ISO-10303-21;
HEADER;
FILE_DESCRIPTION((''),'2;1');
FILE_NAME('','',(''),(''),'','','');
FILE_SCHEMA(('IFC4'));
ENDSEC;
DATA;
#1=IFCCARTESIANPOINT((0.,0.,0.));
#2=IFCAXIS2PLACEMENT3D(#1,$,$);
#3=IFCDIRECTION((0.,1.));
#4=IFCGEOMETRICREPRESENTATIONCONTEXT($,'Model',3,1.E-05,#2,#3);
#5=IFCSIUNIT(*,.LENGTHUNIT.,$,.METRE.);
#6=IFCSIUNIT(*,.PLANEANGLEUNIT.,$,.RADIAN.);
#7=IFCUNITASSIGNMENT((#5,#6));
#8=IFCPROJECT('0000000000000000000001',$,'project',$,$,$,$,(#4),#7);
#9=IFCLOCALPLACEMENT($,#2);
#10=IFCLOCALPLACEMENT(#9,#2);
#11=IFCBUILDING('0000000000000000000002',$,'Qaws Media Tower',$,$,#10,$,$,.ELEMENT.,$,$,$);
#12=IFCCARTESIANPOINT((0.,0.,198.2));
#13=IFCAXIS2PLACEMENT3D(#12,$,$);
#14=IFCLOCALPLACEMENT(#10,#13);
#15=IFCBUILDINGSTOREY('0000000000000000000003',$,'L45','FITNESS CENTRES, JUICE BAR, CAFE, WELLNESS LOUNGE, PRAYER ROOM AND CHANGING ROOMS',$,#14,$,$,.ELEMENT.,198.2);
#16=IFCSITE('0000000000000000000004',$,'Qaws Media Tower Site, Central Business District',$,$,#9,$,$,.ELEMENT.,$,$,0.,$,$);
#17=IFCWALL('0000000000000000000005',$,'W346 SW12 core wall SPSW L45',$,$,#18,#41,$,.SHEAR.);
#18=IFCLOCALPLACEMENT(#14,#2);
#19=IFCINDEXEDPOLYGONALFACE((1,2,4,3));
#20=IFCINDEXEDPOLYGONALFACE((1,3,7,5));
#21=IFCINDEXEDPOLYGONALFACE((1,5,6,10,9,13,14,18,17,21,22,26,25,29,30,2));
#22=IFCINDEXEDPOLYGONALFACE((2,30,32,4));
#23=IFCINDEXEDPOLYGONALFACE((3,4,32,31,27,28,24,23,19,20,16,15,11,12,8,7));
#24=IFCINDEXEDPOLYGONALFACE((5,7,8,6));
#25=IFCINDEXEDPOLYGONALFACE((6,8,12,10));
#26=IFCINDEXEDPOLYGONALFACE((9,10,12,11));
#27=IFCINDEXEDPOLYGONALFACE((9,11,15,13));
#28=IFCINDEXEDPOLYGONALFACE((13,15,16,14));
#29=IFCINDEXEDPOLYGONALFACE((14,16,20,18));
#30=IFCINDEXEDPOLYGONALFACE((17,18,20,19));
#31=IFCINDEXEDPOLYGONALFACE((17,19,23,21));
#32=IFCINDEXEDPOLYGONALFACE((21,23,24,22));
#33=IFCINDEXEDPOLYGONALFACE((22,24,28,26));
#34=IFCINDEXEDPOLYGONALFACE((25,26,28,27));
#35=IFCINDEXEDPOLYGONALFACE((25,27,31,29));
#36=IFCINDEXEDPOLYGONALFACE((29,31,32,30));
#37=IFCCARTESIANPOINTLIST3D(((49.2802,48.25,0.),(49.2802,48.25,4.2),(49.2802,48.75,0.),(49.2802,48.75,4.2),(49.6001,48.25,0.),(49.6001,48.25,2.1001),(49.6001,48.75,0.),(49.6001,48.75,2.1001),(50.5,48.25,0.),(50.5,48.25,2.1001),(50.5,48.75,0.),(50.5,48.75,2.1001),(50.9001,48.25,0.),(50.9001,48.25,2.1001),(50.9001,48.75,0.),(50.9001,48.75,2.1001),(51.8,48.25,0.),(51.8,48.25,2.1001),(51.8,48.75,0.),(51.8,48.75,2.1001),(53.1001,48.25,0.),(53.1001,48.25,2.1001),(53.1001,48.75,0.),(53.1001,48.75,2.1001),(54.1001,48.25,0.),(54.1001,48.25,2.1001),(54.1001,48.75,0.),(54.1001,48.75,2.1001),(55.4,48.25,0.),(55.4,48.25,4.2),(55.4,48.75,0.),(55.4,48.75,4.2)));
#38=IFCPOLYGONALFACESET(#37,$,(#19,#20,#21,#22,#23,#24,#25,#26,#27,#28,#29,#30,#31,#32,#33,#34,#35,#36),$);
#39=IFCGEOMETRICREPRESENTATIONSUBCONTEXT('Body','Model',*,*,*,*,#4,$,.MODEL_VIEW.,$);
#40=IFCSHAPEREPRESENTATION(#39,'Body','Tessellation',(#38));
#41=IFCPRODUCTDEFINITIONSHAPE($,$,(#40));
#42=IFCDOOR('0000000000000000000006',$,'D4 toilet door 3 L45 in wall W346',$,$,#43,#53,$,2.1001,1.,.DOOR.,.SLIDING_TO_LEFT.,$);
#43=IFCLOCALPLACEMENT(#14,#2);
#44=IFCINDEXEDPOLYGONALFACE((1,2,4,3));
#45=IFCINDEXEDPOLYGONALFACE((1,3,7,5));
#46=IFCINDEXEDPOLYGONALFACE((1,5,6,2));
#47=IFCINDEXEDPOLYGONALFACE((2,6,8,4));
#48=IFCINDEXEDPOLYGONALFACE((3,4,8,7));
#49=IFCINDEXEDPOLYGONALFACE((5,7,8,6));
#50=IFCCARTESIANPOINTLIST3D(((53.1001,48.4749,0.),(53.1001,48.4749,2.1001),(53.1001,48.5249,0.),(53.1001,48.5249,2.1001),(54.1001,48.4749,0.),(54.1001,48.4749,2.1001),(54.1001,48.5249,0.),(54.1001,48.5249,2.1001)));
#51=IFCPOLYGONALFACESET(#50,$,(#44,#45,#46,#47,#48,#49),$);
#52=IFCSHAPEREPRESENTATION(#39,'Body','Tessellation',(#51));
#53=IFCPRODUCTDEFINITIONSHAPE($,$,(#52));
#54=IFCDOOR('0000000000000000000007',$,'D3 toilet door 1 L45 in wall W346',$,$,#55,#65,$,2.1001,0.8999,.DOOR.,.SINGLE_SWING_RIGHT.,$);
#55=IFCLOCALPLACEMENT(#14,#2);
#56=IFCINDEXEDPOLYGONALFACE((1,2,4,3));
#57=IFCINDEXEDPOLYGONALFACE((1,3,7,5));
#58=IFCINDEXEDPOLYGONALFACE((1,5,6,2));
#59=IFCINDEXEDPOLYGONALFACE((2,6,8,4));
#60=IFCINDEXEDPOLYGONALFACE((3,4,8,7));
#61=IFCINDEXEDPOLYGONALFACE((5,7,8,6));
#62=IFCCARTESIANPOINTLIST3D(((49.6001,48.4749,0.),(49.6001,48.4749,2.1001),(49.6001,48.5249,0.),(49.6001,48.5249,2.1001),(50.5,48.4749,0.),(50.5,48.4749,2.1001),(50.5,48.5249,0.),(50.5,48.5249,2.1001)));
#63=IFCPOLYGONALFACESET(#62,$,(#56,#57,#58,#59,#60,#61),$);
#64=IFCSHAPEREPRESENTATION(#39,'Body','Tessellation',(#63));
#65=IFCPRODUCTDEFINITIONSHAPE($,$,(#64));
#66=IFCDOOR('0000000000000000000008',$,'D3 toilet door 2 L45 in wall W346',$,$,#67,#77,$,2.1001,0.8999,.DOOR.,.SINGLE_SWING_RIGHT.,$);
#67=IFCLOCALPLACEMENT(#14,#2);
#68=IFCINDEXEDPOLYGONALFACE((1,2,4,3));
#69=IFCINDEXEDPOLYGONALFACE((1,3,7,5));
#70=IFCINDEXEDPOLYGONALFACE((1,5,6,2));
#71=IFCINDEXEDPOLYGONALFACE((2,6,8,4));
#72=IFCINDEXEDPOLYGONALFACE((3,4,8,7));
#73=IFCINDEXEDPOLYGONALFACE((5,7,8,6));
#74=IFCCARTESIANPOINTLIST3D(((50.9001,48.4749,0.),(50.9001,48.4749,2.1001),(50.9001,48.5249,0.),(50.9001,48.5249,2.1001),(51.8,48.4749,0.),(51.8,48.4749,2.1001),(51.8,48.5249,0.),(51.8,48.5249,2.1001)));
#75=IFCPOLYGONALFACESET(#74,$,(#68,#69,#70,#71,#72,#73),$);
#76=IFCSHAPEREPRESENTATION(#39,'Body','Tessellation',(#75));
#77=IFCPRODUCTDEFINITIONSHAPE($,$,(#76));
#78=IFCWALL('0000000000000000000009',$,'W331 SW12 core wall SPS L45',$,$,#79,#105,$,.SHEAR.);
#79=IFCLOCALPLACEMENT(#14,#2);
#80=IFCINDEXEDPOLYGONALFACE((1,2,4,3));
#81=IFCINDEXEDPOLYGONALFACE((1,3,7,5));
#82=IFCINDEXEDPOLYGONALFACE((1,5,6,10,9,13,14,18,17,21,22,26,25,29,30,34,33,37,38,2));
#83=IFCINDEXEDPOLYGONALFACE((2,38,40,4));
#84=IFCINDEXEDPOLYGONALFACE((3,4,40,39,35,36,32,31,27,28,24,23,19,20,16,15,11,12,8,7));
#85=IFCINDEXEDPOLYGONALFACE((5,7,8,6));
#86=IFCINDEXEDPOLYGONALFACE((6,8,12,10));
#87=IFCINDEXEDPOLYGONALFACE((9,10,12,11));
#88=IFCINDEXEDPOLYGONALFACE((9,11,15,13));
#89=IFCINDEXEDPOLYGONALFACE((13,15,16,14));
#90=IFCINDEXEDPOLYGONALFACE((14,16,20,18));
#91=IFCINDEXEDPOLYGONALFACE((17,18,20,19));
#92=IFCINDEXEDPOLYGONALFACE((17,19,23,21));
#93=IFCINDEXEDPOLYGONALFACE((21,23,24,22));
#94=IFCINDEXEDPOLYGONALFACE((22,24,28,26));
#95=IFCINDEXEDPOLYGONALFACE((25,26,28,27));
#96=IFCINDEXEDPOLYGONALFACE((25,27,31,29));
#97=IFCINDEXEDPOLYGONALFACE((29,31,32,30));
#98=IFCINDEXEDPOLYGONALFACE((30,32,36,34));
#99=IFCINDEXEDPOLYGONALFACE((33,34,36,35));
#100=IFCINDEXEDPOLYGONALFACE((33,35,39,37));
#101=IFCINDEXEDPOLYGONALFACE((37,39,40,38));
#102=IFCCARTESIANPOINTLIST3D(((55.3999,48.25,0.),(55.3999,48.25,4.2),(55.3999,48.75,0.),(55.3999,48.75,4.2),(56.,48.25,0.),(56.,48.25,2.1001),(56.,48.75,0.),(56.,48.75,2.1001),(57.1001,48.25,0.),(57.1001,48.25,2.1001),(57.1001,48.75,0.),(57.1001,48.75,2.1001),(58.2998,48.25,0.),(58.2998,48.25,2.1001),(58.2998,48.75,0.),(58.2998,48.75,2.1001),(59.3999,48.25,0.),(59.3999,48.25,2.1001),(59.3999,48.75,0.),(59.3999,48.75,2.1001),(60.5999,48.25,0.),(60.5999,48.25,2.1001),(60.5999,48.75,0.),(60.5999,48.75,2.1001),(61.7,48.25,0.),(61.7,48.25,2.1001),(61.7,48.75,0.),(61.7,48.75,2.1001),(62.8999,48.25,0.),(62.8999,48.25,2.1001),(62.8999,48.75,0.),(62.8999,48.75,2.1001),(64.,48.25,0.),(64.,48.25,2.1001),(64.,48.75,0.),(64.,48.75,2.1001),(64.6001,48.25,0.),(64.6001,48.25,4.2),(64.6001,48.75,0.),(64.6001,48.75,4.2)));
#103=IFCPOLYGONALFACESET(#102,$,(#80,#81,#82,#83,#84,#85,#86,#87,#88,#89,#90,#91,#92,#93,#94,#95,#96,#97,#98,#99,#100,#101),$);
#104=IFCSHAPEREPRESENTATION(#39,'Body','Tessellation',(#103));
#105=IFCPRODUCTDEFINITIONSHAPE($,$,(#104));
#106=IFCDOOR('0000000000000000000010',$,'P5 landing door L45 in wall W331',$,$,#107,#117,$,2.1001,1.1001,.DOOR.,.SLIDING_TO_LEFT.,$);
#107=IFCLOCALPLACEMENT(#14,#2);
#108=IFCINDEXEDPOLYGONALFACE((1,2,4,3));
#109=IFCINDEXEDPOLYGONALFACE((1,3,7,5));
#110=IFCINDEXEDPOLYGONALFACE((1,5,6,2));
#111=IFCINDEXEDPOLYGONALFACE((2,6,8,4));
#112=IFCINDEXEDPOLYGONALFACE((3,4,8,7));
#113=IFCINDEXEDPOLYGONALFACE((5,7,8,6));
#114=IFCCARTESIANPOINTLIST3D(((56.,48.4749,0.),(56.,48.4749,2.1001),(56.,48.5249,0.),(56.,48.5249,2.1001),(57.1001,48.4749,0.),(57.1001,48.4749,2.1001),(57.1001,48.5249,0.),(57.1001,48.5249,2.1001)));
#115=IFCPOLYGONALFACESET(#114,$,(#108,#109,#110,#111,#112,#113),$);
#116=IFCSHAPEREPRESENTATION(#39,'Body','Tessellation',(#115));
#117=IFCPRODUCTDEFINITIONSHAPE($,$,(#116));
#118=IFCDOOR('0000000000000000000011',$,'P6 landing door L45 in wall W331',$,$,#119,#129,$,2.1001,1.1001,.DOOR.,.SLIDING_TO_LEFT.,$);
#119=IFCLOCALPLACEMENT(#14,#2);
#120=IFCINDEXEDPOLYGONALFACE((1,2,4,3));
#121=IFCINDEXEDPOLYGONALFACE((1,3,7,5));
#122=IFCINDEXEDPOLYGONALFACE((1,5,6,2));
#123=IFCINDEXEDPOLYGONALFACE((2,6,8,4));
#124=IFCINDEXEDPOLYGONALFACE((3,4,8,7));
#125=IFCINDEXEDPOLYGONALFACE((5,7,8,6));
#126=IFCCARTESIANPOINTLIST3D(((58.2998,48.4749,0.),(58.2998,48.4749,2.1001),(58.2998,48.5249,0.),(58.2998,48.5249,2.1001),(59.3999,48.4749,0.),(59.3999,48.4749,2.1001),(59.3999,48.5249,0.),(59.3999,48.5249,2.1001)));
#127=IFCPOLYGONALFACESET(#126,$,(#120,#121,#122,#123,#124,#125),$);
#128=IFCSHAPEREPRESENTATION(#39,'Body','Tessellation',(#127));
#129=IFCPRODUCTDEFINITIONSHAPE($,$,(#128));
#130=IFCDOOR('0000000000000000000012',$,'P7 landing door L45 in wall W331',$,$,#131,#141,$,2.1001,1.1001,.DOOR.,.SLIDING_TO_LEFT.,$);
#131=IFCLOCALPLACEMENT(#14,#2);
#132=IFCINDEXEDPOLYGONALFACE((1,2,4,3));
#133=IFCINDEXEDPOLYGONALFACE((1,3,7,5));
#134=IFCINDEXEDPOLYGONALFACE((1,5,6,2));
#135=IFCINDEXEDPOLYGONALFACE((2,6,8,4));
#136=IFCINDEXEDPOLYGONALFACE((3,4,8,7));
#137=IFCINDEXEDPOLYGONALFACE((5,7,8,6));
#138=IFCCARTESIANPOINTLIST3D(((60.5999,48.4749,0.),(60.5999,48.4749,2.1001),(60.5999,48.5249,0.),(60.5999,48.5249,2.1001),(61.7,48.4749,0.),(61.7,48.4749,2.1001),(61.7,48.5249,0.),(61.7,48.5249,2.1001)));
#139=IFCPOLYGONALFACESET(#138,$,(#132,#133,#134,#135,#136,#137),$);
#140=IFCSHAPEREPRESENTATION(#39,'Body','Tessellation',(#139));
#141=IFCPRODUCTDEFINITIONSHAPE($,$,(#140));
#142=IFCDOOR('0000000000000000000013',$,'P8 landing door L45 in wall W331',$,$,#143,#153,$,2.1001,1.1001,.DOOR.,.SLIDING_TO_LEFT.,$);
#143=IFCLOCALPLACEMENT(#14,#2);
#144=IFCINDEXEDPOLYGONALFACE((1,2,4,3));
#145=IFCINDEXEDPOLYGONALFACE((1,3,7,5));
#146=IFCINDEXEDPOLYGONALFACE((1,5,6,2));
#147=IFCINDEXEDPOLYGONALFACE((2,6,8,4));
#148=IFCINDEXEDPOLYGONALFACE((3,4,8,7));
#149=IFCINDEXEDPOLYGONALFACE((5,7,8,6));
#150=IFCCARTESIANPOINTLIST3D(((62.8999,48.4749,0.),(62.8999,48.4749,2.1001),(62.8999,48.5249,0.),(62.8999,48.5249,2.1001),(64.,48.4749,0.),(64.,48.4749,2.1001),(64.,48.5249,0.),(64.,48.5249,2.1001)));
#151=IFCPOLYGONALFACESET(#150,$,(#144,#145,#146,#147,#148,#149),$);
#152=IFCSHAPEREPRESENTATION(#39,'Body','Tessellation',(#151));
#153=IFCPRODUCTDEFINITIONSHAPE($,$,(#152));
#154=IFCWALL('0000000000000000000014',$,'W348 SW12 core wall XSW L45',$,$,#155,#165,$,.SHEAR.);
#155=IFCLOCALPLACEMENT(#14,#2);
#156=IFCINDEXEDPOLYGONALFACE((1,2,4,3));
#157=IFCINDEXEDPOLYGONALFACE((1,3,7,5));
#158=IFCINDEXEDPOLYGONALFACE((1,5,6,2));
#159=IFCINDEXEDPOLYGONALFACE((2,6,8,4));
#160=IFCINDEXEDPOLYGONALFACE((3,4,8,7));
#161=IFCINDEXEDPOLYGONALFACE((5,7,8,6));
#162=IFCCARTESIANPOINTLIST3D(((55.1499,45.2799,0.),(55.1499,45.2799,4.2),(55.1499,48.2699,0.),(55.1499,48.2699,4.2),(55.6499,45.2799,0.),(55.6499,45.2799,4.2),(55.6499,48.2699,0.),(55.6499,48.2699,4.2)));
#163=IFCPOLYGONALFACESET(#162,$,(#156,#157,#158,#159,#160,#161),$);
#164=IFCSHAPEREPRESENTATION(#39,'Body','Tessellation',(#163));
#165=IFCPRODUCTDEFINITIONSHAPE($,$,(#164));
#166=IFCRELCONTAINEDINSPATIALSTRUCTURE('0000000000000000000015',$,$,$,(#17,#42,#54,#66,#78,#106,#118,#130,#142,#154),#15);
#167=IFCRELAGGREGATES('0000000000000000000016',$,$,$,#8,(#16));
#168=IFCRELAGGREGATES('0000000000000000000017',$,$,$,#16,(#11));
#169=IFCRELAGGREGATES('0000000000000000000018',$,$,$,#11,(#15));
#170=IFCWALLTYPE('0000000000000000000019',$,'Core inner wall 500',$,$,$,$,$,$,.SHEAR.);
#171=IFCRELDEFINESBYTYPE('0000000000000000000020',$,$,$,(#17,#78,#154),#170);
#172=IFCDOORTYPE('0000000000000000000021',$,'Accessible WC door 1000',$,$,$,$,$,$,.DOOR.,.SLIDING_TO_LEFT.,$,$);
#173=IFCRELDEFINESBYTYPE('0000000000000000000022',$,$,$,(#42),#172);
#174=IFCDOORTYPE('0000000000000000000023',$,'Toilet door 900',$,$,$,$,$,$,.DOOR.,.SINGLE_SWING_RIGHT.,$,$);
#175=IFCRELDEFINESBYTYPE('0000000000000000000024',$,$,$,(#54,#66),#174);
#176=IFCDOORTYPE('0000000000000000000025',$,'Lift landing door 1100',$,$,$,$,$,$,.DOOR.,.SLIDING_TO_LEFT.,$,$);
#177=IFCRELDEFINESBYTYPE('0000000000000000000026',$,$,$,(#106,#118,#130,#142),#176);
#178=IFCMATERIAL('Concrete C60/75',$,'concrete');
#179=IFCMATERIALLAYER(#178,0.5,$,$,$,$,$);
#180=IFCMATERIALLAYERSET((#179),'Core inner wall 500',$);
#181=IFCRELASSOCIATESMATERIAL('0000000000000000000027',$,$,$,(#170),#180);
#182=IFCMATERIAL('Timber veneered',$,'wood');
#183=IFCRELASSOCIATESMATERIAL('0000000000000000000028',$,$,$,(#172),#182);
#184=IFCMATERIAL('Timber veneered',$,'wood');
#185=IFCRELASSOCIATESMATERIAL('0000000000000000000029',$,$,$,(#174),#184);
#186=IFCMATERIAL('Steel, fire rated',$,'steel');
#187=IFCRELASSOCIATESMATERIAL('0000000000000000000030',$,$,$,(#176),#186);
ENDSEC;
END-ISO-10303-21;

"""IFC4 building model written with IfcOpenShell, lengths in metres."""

from ifc_helpers import new_model, si_unit, direction, frame, frame_2d, origin, place, context, subcontext, project, spatial, rectangle, extrude, material, layer, layer_set, type_object, element, fill, save


model = new_model("IFC4")

# Units and contexts
model_context = context("Model", 3, precision=1e-05, world=origin(), true_north=direction((0.0, 1.0)))
body_context = subcontext(model_context, "Body", "Model", "MODEL_VIEW")
ifc_project = project(units=[si_unit("LENGTHUNIT", "METRE"), si_unit("PLANEANGLEUNIT", "RADIAN")], contexts=[model_context])

# Site, building, storey
site_placement = place(None, origin())
site = spatial("IfcSite", under=ifc_project, at=site_placement, Name="Qaws Media Tower Site, Central Business District", CompositionType="ELEMENT", RefElevation=0.0)
building_placement = place(site_placement, origin())
building = spatial("IfcBuilding", under=site, at=building_placement, Name="Qaws Media Tower", CompositionType="ELEMENT")
storey_placement = place(building_placement, frame((0.0, 0.0, 198.2)))
storey = spatial("IfcBuildingStorey", under=building, at=storey_placement, Name="L45", Description="FITNESS CENTRES, JUICE BAR, CAFE, WELLNESS LOUNGE, PRAYER ROOM AND CHANGING ROOMS", CompositionType="ELEMENT", Elevation=198.2)

# Shared definitions
ifc_material_1 = material(Name="Concrete C60/75", Category="concrete")
ifc_layer_1 = layer(ifc_material_1, 0.5)
ifc_layer_set_1 = layer_set([ifc_layer_1], Name="Core inner wall 500")
wall_type_1 = type_object("IfcWallType", Name="Core inner wall 500", PredefinedType="SHEAR", material=ifc_layer_set_1)

# Walls, openings, doors
wall_1_placement = place(storey_placement, frame((49.28, 48.5, 0.0), z_axis=(0.0, 0.0, 1.0), x_axis=(1.0, 0.0, 0.0)))
wall_1 = element("IfcWall", 1, at=wall_1_placement, inside=storey, type_object=wall_type_1, Name="W346 SW12 core wall SPSW L45", PredefinedType="SHEAR", context=body_context, shape_type="SweptSolid", body=[
    extrude(rectangle(XDim=6.1199, YDim=0.5, at=frame_2d((3.0601, 0.0))), origin(), (0.0, 0.0, 1.0), 4.2),
])
opening_1_placement = place(wall_1_placement, frame((0.3201, 0.0, 0.0)))
opening_1 = element("IfcOpeningElement", 2, at=opening_1_placement, cuts=wall_1, PredefinedType="OPENING", context=body_context, shape_type="SweptSolid", body=[
    extrude(rectangle(XDim=0.8999, YDim=2.1001, at=frame_2d((0.45, 1.05))), frame((0.0, 0.26, 0.0), z_axis=(0.0, -1.0, 0.0), x_axis=(1.0, 0.0, 0.0)), (0.0, 0.0, 1.0), 0.52),
])
opening_2_placement = place(wall_1_placement, frame((1.6201, 0.0, 0.0)))
opening_2 = element("IfcOpeningElement", 3, at=opening_2_placement, cuts=wall_1, PredefinedType="OPENING", context=body_context, shape_type="SweptSolid", body=[
    extrude(rectangle(XDim=0.8999, YDim=2.1001, at=frame_2d((0.45, 1.05))), frame((0.0, 0.26, 0.0), z_axis=(0.0, -1.0, 0.0), x_axis=(1.0, 0.0, 0.0)), (0.0, 0.0, 1.0), 0.52),
])
opening_3_placement = place(wall_1_placement, frame((3.8201, 0.0, 0.0)))
opening_3 = element("IfcOpeningElement", 4, at=opening_3_placement, cuts=wall_1, PredefinedType="OPENING", context=body_context, shape_type="SweptSolid", body=[
    extrude(rectangle(XDim=1.0, YDim=2.1001, at=frame_2d((0.5, 1.05))), frame((0.0, 0.26, 0.0), z_axis=(0.0, -1.0, 0.0), x_axis=(1.0, 0.0, 0.0)), (0.0, 0.0, 1.0), 0.52),
])
ifc_material_2 = material(Name="Timber veneered", Category="wood")
door_type_1 = type_object("IfcDoorType", Name="Accessible WC door 1000", OperationType="SLIDING_TO_LEFT", PredefinedType="DOOR", material=ifc_material_2)
door_1_placement = place(opening_3_placement, origin())
door_1 = element("IfcDoor", 5, at=door_1_placement, inside=storey, type_object=door_type_1, Name="D4 toilet door 3 L45 in wall W346", OperationType="SLIDING_TO_LEFT", OverallHeight=2.1001, OverallWidth=1.0, PredefinedType="DOOR", context=body_context, shape_type="SweptSolid", body=[
    extrude(rectangle(XDim=1.0, YDim=2.1001, at=frame_2d((0.5, 1.05))), frame((0.0, 0.0249, 0.0), z_axis=(0.0, -1.0, 0.0), x_axis=(1.0, 0.0, 0.0)), (0.0, 0.0, 1.0), 0.05),
])
fill(opening_3, door_1)
ifc_material_3 = material(Name="Timber veneered", Category="wood")
door_type_2 = type_object("IfcDoorType", Name="Toilet door 900", OperationType="SINGLE_SWING_RIGHT", PredefinedType="DOOR", material=ifc_material_3)
door_2_placement = place(opening_1_placement, origin())
door_2 = element("IfcDoor", 6, at=door_2_placement, inside=storey, type_object=door_type_2, Name="D3 toilet door 1 L45 in wall W346", OperationType="SINGLE_SWING_RIGHT", OverallHeight=2.1001, OverallWidth=0.8999, PredefinedType="DOOR", context=body_context, shape_type="SweptSolid", body=[
    extrude(rectangle(XDim=0.8999, YDim=2.1001, at=frame_2d((0.45, 1.05))), frame((0.0, 0.0249, 0.0), z_axis=(0.0, -1.0, 0.0), x_axis=(1.0, 0.0, 0.0)), (0.0, 0.0, 1.0), 0.05),
])
fill(opening_1, door_2)
door_3_placement = place(opening_2_placement, origin())
door_3 = element("IfcDoor", 7, at=door_3_placement, inside=storey, type_object=door_type_2, Name="D3 toilet door 2 L45 in wall W346", OperationType="SINGLE_SWING_RIGHT", OverallHeight=2.1001, OverallWidth=0.8999, PredefinedType="DOOR", context=body_context, shape_type="SweptSolid", body=[
    extrude(rectangle(XDim=0.8999, YDim=2.1001, at=frame_2d((0.45, 1.05))), frame((0.0, 0.0249, 0.0), z_axis=(0.0, -1.0, 0.0), x_axis=(1.0, 0.0, 0.0)), (0.0, 0.0, 1.0), 0.05),
])
fill(opening_2, door_3)
wall_2_placement = place(storey_placement, frame((55.3999, 48.5, 0.0), z_axis=(0.0, 0.0, 1.0), x_axis=(1.0, 0.0, 0.0)))
wall_2 = element("IfcWall", 8, at=wall_2_placement, inside=storey, type_object=wall_type_1, Name="W331 SW12 core wall SPS L45", PredefinedType="SHEAR", context=body_context, shape_type="SweptSolid", body=[
    extrude(rectangle(XDim=9.2002, YDim=0.5, at=frame_2d((4.6001, 0.0))), origin(), (0.0, 0.0, 1.0), 4.2),
])
opening_4_placement = place(wall_2_placement, frame((0.6001, 0.0, 0.0)))
opening_4 = element("IfcOpeningElement", 9, at=opening_4_placement, cuts=wall_2, PredefinedType="OPENING", context=body_context, shape_type="SweptSolid", body=[
    extrude(rectangle(XDim=1.1001, YDim=2.1001, at=frame_2d((0.55, 1.05))), frame((0.0, 0.26, 0.0), z_axis=(0.0, -1.0, 0.0), x_axis=(1.0, 0.0, 0.0)), (0.0, 0.0, 1.0), 0.52),
])
opening_5_placement = place(wall_2_placement, frame((2.8999, 0.0, 0.0)))
opening_5 = element("IfcOpeningElement", 10, at=opening_5_placement, cuts=wall_2, PredefinedType="OPENING", context=body_context, shape_type="SweptSolid", body=[
    extrude(rectangle(XDim=1.1001, YDim=2.1001, at=frame_2d((0.55, 1.05))), frame((0.0, 0.26, 0.0), z_axis=(0.0, -1.0, 0.0), x_axis=(1.0, 0.0, 0.0)), (0.0, 0.0, 1.0), 0.52),
])
opening_6_placement = place(wall_2_placement, frame((5.2, 0.0, 0.0)))
opening_6 = element("IfcOpeningElement", 11, at=opening_6_placement, cuts=wall_2, PredefinedType="OPENING", context=body_context, shape_type="SweptSolid", body=[
    extrude(rectangle(XDim=1.1001, YDim=2.1001, at=frame_2d((0.55, 1.05))), frame((0.0, 0.26, 0.0), z_axis=(0.0, -1.0, 0.0), x_axis=(1.0, 0.0, 0.0)), (0.0, 0.0, 1.0), 0.52),
])
opening_7_placement = place(wall_2_placement, frame((7.5, 0.0, 0.0)))
opening_7 = element("IfcOpeningElement", 12, at=opening_7_placement, cuts=wall_2, PredefinedType="OPENING", context=body_context, shape_type="SweptSolid", body=[
    extrude(rectangle(XDim=1.1001, YDim=2.1001, at=frame_2d((0.55, 1.05))), frame((0.0, 0.26, 0.0), z_axis=(0.0, -1.0, 0.0), x_axis=(1.0, 0.0, 0.0)), (0.0, 0.0, 1.0), 0.52),
])
ifc_material_4 = material(Name="Steel, fire rated", Category="steel")
door_type_3 = type_object("IfcDoorType", Name="Lift landing door 1100", OperationType="SLIDING_TO_LEFT", PredefinedType="DOOR", material=ifc_material_4)
door_4_placement = place(opening_4_placement, origin())
door_4 = element("IfcDoor", 13, at=door_4_placement, inside=storey, type_object=door_type_3, Name="P5 landing door L45 in wall W331", OperationType="SLIDING_TO_LEFT", OverallHeight=2.1001, OverallWidth=1.1001, PredefinedType="DOOR", context=body_context, shape_type="SweptSolid", body=[
    extrude(rectangle(XDim=1.1001, YDim=2.1001, at=frame_2d((0.55, 1.05))), frame((0.0, 0.0249, 0.0), z_axis=(0.0, -1.0, 0.0), x_axis=(1.0, 0.0, 0.0)), (0.0, 0.0, 1.0), 0.05),
])
fill(opening_4, door_4)
door_5_placement = place(opening_5_placement, origin())
door_5 = element("IfcDoor", 14, at=door_5_placement, inside=storey, type_object=door_type_3, Name="P6 landing door L45 in wall W331", OperationType="SLIDING_TO_LEFT", OverallHeight=2.1001, OverallWidth=1.1001, PredefinedType="DOOR", context=body_context, shape_type="SweptSolid", body=[
    extrude(rectangle(XDim=1.1001, YDim=2.1001, at=frame_2d((0.55, 1.05))), frame((0.0, 0.0249, 0.0), z_axis=(0.0, -1.0, 0.0), x_axis=(1.0, 0.0, 0.0)), (0.0, 0.0, 1.0), 0.05),
])
fill(opening_5, door_5)
door_6_placement = place(opening_6_placement, origin())
door_6 = element("IfcDoor", 15, at=door_6_placement, inside=storey, type_object=door_type_3, Name="P7 landing door L45 in wall W331", OperationType="SLIDING_TO_LEFT", OverallHeight=2.1001, OverallWidth=1.1001, PredefinedType="DOOR", context=body_context, shape_type="SweptSolid", body=[
    extrude(rectangle(XDim=1.1001, YDim=2.1001, at=frame_2d((0.55, 1.05))), frame((0.0, 0.0249, 0.0), z_axis=(0.0, -1.0, 0.0), x_axis=(1.0, 0.0, 0.0)), (0.0, 0.0, 1.0), 0.05),
])
fill(opening_6, door_6)
door_7_placement = place(opening_7_placement, origin())
door_7 = element("IfcDoor", 16, at=door_7_placement, inside=storey, type_object=door_type_3, Name="P8 landing door L45 in wall W331", OperationType="SLIDING_TO_LEFT", OverallHeight=2.1001, OverallWidth=1.1001, PredefinedType="DOOR", context=body_context, shape_type="SweptSolid", body=[
    extrude(rectangle(XDim=1.1001, YDim=2.1001, at=frame_2d((0.55, 1.05))), frame((0.0, 0.0249, 0.0), z_axis=(0.0, -1.0, 0.0), x_axis=(1.0, 0.0, 0.0)), (0.0, 0.0, 1.0), 0.05),
])
fill(opening_7, door_7)

# Wall
wall_3_placement = place(storey_placement, frame((55.3999, 48.27, 0.0), z_axis=(0.0, 0.0, 1.0), x_axis=(0.0, -1.0, 0.0)))
element("IfcWall", 17, at=wall_3_placement, inside=storey, type_object=wall_type_1, Name="W348 SW12 core wall XSW L45", PredefinedType="SHEAR", context=body_context, shape_type="SweptSolid", body=[
    extrude(rectangle(XDim=2.99, YDim=0.5, at=frame_2d((1.4951, 0.0))), origin(), (0.0, 0.0, 1.0), 4.2),
])

save(model, "model.ifc")
